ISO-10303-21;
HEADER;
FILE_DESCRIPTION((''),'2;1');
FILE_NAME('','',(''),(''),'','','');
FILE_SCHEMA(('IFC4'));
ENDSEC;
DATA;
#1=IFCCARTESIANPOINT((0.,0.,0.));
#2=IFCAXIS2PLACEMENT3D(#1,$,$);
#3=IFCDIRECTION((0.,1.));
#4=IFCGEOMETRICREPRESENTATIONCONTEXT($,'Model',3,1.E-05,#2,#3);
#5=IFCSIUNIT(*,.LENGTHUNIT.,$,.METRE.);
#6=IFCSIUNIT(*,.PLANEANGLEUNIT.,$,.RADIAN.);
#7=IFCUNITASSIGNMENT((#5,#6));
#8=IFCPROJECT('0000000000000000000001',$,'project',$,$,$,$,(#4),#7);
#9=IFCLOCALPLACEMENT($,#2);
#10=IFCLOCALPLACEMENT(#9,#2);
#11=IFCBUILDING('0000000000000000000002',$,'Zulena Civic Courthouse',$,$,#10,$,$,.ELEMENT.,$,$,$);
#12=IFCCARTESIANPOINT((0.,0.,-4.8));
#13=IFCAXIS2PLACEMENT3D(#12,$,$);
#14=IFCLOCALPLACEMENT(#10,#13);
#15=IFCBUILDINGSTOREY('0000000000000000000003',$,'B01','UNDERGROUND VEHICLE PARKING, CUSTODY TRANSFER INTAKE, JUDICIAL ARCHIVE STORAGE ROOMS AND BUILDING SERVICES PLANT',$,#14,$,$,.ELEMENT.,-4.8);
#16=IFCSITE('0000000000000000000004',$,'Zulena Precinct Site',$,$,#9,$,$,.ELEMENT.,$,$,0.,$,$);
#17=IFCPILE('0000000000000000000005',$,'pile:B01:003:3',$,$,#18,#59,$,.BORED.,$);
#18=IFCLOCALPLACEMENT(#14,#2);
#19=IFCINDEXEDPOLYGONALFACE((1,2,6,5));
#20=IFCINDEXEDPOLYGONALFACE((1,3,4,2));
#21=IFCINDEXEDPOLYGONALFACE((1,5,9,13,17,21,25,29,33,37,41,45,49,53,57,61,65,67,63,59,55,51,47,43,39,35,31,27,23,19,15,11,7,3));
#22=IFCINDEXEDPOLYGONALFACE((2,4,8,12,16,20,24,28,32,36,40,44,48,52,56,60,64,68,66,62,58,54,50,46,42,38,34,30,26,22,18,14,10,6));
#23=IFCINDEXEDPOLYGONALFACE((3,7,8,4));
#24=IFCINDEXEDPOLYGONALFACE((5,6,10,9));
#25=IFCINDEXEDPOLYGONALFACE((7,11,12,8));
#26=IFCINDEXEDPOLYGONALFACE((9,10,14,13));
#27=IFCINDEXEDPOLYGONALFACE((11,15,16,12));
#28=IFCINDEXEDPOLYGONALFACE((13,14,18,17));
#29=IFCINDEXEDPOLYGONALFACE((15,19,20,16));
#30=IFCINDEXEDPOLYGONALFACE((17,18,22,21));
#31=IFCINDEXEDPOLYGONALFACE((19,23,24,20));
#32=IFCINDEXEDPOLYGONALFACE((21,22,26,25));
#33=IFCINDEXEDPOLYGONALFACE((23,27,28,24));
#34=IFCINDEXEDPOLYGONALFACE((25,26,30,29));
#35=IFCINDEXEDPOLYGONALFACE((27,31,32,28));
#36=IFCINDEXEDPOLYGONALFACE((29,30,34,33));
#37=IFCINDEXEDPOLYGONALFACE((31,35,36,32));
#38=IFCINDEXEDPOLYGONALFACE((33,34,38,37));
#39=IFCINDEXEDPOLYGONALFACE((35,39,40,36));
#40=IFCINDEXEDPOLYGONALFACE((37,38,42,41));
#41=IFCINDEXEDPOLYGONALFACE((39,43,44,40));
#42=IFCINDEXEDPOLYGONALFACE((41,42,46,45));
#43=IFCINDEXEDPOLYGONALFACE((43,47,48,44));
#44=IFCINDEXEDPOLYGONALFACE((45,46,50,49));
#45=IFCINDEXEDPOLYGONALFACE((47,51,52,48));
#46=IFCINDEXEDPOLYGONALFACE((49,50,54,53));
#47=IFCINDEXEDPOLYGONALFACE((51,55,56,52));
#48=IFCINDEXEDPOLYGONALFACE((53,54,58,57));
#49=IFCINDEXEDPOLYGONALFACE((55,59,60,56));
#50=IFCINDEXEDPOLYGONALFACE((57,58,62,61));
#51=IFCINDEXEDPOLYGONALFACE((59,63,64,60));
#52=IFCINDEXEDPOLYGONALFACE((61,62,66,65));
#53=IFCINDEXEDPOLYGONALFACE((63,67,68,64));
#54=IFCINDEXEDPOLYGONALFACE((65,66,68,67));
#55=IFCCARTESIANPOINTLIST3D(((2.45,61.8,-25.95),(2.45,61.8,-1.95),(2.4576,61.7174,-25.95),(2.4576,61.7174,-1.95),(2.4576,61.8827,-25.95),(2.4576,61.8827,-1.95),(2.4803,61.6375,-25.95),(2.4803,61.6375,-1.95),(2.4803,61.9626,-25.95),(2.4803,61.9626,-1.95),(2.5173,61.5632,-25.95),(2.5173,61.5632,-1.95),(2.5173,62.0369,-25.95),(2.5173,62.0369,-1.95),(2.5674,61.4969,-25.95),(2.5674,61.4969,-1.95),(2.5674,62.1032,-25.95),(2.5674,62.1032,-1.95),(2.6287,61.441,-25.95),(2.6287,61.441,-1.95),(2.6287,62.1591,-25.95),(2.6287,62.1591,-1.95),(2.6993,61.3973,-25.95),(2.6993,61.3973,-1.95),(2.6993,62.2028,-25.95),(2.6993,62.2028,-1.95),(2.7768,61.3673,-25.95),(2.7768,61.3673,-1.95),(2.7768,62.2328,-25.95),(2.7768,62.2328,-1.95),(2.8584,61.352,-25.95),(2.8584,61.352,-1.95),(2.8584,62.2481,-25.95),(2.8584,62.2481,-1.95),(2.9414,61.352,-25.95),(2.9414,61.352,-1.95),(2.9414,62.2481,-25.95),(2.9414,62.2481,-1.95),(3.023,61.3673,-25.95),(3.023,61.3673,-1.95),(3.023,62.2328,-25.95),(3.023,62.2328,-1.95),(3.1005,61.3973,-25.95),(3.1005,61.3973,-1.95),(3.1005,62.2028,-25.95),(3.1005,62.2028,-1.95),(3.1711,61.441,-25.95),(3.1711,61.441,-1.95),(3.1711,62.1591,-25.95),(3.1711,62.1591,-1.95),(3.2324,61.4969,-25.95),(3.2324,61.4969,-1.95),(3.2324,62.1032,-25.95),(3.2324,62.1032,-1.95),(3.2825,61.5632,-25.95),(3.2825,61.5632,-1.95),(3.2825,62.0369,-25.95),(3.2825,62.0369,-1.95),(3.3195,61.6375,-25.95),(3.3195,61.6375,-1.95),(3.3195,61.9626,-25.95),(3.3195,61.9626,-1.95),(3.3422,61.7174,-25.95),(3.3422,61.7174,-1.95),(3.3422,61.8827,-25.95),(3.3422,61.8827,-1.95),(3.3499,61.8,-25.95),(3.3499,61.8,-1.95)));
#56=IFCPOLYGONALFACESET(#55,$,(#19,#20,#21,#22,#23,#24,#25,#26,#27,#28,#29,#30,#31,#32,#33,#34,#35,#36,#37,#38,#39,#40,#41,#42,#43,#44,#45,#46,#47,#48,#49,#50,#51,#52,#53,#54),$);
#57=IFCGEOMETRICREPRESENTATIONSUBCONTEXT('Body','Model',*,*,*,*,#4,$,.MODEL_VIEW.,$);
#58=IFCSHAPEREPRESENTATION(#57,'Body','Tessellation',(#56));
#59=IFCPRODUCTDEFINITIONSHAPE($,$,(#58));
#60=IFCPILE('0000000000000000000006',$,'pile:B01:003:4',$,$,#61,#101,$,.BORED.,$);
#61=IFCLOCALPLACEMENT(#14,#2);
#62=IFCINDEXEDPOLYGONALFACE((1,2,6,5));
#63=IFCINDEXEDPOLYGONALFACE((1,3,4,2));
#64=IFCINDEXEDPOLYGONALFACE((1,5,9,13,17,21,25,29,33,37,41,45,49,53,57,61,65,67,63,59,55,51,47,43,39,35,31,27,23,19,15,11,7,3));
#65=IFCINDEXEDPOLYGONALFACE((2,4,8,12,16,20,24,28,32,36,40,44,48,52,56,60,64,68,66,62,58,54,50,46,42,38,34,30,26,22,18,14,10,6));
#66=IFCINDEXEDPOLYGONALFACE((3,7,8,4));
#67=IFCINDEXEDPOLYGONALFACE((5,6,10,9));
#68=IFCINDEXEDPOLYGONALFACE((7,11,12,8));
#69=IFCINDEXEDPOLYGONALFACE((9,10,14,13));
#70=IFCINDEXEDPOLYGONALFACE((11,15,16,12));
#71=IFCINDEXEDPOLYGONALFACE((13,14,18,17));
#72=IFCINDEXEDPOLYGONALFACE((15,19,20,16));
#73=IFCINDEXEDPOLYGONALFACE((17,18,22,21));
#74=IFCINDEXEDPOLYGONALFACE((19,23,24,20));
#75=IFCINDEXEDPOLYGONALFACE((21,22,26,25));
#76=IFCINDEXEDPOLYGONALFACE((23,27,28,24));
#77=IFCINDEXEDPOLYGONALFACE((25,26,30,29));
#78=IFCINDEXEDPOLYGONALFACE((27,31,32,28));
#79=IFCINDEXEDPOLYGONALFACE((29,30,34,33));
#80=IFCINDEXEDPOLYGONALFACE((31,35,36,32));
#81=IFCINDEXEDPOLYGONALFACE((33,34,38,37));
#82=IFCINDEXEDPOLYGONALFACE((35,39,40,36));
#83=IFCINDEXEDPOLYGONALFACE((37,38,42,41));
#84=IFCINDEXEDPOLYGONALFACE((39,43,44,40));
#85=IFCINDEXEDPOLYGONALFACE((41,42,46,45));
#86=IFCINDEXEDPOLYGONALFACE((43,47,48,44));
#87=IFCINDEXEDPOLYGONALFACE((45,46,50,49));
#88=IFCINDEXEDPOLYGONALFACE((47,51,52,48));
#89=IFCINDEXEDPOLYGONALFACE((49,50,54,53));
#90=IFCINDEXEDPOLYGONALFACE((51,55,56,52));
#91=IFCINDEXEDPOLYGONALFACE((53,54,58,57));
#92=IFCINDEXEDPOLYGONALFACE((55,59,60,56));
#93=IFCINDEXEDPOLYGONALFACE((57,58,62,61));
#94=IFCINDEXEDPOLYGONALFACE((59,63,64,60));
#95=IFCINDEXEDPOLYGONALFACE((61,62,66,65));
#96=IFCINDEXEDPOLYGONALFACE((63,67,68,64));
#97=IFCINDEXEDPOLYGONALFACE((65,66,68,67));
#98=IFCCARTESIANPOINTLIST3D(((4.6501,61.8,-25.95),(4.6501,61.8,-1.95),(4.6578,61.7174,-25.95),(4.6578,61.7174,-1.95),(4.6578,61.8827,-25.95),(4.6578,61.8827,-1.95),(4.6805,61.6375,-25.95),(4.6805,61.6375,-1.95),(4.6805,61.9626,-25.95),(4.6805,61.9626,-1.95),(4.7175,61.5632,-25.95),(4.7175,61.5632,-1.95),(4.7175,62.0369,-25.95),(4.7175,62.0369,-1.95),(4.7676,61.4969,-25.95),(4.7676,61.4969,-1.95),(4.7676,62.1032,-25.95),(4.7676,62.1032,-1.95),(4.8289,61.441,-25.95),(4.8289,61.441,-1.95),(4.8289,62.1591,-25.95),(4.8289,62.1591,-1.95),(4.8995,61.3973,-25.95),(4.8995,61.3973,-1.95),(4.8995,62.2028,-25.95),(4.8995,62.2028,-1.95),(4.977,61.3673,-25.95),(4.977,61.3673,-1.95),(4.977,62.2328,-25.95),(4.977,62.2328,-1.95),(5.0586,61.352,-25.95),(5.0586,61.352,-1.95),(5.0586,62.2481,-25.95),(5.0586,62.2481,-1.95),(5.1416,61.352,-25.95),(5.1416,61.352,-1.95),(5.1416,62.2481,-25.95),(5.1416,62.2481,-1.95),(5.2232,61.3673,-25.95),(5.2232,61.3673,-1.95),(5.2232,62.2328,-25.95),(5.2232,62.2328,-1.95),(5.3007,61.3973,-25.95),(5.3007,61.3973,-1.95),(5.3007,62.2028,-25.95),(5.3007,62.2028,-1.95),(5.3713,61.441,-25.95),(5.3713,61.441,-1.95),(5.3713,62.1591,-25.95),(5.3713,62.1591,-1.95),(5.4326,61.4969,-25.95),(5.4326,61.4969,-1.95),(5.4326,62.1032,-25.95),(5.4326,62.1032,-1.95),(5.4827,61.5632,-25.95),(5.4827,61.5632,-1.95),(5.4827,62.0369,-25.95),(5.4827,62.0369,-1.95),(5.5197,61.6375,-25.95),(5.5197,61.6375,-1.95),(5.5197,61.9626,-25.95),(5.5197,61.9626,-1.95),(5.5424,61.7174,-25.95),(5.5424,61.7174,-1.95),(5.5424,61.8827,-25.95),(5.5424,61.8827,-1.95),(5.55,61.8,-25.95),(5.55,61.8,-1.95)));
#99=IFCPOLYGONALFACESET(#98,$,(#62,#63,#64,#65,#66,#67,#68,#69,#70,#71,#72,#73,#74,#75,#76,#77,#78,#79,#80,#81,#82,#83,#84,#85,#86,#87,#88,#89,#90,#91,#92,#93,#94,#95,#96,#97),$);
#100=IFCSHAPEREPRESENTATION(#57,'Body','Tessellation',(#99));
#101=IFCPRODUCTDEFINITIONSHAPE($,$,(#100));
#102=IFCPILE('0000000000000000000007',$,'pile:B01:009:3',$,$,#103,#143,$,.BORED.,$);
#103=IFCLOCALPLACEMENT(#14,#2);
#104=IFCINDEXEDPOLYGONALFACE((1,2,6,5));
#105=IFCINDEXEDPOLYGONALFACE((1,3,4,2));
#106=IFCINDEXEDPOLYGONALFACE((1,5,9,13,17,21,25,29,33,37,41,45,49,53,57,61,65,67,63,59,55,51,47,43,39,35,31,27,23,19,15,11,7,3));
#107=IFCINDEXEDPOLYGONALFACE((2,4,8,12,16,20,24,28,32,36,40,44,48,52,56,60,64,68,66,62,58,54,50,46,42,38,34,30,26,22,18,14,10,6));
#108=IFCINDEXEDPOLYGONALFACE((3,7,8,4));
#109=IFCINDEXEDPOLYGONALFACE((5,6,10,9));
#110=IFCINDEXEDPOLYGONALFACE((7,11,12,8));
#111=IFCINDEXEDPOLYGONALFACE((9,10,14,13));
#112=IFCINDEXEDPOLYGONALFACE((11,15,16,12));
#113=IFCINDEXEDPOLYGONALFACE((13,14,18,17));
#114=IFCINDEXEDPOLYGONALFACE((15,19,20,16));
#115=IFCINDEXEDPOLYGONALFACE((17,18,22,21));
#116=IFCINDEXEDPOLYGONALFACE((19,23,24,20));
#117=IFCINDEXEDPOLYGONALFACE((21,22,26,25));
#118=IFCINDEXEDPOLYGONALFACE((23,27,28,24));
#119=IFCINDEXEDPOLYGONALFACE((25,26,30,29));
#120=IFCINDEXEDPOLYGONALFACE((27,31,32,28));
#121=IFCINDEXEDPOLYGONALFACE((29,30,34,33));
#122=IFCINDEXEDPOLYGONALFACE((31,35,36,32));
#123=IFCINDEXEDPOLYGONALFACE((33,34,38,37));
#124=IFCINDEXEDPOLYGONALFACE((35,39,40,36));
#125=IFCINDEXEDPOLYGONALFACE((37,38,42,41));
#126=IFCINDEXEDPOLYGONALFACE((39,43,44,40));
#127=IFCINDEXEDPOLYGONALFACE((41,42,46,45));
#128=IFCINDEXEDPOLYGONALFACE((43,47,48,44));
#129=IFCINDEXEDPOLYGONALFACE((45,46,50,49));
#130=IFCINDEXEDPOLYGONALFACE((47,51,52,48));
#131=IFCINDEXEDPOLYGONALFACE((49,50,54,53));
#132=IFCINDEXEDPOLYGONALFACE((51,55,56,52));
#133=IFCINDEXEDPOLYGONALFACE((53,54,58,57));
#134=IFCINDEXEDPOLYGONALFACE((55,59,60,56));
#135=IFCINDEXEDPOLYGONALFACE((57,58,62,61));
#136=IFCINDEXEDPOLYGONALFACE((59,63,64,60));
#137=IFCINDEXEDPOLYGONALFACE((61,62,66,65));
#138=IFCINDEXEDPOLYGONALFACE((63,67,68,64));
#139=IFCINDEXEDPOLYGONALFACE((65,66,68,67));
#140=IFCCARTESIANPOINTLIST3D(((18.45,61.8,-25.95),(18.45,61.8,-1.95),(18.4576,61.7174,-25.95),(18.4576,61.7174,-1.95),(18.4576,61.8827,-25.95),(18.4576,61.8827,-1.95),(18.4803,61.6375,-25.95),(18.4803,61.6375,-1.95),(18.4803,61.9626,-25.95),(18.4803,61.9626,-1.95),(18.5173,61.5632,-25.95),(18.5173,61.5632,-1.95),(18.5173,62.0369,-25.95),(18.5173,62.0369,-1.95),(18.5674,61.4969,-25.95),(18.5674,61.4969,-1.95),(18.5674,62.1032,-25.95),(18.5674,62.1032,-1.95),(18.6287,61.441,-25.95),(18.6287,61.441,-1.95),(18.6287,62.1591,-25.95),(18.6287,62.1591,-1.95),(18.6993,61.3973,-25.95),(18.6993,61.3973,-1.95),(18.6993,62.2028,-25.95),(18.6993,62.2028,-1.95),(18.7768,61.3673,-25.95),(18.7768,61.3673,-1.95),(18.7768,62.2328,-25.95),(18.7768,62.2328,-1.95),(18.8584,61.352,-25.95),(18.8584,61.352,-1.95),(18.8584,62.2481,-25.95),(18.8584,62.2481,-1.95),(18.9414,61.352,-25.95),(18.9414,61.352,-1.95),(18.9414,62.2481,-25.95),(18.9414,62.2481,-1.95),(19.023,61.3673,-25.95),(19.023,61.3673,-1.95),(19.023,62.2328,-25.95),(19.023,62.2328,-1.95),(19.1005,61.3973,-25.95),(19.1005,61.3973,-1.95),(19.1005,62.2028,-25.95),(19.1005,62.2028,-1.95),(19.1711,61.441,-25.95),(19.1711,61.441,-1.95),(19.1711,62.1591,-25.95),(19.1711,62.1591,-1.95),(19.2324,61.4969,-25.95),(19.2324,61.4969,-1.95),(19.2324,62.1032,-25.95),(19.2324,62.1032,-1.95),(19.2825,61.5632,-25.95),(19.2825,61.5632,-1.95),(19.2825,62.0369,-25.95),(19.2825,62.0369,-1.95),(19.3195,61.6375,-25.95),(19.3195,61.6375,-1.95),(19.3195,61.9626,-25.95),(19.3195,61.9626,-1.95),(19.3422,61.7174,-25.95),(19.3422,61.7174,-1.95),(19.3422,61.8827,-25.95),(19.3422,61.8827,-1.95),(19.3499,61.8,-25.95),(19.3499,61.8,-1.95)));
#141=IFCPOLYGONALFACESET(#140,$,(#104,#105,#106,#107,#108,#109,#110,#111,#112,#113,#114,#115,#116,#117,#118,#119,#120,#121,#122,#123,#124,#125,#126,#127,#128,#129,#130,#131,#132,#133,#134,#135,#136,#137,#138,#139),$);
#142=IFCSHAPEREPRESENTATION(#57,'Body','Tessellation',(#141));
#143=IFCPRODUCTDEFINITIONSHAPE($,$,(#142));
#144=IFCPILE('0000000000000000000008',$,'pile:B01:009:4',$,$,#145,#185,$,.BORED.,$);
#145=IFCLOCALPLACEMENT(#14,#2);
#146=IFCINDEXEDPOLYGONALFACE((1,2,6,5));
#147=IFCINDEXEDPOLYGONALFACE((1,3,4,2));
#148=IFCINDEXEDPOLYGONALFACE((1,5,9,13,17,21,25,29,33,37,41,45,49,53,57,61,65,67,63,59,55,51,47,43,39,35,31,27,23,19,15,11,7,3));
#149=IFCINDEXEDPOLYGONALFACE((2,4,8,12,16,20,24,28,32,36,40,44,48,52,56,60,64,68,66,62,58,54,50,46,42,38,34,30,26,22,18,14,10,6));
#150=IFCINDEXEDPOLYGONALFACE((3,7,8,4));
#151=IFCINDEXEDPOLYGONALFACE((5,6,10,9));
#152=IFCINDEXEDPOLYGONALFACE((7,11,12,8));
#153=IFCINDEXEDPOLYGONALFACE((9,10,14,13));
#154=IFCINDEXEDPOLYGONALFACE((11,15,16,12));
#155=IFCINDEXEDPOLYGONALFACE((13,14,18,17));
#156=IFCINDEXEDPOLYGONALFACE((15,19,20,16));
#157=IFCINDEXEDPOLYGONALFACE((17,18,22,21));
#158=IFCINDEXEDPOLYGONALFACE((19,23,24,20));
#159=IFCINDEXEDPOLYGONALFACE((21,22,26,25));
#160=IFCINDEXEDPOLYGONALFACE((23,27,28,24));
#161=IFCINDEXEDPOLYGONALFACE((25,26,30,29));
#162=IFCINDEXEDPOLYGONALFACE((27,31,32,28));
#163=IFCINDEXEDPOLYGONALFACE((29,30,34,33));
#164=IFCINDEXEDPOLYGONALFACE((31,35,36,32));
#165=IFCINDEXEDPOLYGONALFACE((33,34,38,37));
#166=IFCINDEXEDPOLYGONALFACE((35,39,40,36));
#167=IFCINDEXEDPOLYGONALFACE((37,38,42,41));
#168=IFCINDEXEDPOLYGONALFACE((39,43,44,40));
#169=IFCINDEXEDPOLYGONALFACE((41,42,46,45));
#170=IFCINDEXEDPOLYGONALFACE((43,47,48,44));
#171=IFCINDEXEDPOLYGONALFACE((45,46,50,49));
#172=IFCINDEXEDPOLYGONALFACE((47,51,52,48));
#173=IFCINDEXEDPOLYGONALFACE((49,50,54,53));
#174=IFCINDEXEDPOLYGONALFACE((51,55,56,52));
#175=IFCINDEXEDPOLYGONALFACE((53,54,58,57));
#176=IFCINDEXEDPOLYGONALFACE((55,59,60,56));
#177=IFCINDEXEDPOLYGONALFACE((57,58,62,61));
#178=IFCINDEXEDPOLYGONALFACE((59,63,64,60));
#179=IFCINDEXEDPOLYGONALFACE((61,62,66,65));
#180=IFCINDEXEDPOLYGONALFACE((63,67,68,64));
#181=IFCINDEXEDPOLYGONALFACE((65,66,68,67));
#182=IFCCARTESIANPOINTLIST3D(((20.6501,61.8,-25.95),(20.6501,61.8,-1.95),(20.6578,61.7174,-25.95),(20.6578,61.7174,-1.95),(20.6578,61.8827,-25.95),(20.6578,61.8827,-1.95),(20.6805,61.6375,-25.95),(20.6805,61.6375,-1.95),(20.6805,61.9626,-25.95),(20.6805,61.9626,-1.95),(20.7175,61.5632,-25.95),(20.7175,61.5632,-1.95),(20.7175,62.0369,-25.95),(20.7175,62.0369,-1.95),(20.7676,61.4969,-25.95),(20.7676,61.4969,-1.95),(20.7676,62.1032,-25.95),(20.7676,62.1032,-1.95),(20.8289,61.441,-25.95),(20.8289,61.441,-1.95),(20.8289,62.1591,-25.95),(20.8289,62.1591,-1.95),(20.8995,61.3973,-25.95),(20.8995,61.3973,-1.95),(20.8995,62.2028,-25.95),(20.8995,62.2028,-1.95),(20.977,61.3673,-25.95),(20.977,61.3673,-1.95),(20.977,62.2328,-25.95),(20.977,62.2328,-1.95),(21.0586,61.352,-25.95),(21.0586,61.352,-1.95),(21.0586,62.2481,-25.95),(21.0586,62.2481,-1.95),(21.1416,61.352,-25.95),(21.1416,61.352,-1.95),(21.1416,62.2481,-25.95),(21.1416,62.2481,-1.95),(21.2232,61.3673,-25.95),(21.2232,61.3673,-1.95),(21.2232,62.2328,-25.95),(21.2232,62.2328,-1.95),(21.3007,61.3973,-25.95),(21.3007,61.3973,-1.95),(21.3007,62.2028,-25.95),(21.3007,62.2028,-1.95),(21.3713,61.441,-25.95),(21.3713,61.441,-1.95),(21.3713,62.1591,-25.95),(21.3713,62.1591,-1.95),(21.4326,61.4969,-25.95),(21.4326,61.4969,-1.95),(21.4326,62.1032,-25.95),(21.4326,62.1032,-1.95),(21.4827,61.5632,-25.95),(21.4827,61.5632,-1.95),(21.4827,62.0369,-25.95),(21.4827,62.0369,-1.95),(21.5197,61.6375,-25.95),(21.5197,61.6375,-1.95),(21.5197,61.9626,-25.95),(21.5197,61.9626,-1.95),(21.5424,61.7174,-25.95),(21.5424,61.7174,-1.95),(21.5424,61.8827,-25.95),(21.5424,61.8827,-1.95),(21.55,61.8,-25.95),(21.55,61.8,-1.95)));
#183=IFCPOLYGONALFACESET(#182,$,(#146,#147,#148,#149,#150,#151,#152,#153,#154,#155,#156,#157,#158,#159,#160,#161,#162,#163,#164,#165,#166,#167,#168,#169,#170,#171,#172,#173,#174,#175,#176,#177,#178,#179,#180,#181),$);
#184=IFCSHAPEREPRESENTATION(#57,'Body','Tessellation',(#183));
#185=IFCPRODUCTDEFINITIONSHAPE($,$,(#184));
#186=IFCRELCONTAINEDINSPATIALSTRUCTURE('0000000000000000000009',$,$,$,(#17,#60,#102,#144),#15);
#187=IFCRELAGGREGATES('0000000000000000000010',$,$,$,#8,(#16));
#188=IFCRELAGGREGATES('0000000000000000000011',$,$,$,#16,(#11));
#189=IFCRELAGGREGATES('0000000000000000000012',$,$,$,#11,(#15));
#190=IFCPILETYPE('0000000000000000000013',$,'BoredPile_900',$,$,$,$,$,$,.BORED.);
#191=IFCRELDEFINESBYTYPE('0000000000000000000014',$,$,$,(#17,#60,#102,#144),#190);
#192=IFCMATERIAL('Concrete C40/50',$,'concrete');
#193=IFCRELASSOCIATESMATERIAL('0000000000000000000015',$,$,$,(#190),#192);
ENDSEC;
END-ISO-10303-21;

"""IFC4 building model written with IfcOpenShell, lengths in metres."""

from ifc_helpers import new_model, si_unit, direction, frame, origin, origin_2d, place, context, subcontext, project, spatial, circle, extrude, material, material_profile, profile_set, type_object, element, save


model = new_model("IFC4")

# Units and contexts
model_context = context("Model", 3, precision=1e-05, world=origin(), true_north=direction((0.0, 1.0)))
body_context = subcontext(model_context, "Body", "Model", "MODEL_VIEW")
ifc_project = project(units=[si_unit("LENGTHUNIT", "METRE"), si_unit("PLANEANGLEUNIT", "RADIAN")], contexts=[model_context])

# Site, building, storey
site_placement = place(None, origin())
site = spatial("IfcSite", under=ifc_project, at=site_placement, Name="Zulena Precinct Site", CompositionType="ELEMENT", RefElevation=0.0)
building_placement = place(site_placement, origin())
building = spatial("IfcBuilding", under=site, at=building_placement, Name="Zulena Civic Courthouse", CompositionType="ELEMENT")
storey_placement = place(building_placement, frame((0.0, 0.0, -4.8)))
storey = spatial("IfcBuildingStorey", under=building, at=storey_placement, Name="B01", Description="UNDERGROUND VEHICLE PARKING, CUSTODY TRANSFER INTAKE, JUDICIAL ARCHIVE STORAGE ROOMS AND BUILDING SERVICES PLANT", CompositionType="ELEMENT", Elevation=-4.8)

# Piles
ifc_material_1 = material(Name="Concrete C40/50", Category="concrete")
ifc_material_profile_1 = material_profile(ifc_material_1, circle(Radius=0.45, at=origin_2d()), Name="PILE900")
ifc_profile_set_1 = profile_set([ifc_material_profile_1], Name="Concrete C40/50")
pile_type_1 = type_object("IfcPileType", Name="BoredPile_900", PredefinedType="BORED", material=ifc_profile_set_1)
for number, where, z_axis, x_axis, name in (
    (1, (2.8999, 61.8, -1.95), (0.0, 0.0, -1.0), (1.0, 0.0, 0.0), "pile:B01:003:3"),
    (2, (5.1001, 61.8, -1.95), (0.0, 0.0, -1.0), (1.0, 0.0, 0.0), "pile:B01:003:4"),
    (3, (18.8999, 61.8, -1.95), (0.0, 0.0, -1.0), (1.0, 0.0, 0.0), "pile:B01:009:3"),
    (4, (21.1001, 61.8, -1.95), (0.0, 0.0, -1.0), (1.0, 0.0, 0.0), "pile:B01:009:4"),
):
    element("IfcPile", number, at=place(storey_placement, frame(where, z_axis=z_axis, x_axis=x_axis)), inside=storey, type_object=pile_type_1, Name=name, PredefinedType="BORED", context=body_context, shape_type="SweptSolid", body=[
        extrude(circle(Radius=0.45, at=origin_2d()), origin(), (0.0, 0.0, 1.0), 24.0),
    ])

save(model, "model.ifc")
